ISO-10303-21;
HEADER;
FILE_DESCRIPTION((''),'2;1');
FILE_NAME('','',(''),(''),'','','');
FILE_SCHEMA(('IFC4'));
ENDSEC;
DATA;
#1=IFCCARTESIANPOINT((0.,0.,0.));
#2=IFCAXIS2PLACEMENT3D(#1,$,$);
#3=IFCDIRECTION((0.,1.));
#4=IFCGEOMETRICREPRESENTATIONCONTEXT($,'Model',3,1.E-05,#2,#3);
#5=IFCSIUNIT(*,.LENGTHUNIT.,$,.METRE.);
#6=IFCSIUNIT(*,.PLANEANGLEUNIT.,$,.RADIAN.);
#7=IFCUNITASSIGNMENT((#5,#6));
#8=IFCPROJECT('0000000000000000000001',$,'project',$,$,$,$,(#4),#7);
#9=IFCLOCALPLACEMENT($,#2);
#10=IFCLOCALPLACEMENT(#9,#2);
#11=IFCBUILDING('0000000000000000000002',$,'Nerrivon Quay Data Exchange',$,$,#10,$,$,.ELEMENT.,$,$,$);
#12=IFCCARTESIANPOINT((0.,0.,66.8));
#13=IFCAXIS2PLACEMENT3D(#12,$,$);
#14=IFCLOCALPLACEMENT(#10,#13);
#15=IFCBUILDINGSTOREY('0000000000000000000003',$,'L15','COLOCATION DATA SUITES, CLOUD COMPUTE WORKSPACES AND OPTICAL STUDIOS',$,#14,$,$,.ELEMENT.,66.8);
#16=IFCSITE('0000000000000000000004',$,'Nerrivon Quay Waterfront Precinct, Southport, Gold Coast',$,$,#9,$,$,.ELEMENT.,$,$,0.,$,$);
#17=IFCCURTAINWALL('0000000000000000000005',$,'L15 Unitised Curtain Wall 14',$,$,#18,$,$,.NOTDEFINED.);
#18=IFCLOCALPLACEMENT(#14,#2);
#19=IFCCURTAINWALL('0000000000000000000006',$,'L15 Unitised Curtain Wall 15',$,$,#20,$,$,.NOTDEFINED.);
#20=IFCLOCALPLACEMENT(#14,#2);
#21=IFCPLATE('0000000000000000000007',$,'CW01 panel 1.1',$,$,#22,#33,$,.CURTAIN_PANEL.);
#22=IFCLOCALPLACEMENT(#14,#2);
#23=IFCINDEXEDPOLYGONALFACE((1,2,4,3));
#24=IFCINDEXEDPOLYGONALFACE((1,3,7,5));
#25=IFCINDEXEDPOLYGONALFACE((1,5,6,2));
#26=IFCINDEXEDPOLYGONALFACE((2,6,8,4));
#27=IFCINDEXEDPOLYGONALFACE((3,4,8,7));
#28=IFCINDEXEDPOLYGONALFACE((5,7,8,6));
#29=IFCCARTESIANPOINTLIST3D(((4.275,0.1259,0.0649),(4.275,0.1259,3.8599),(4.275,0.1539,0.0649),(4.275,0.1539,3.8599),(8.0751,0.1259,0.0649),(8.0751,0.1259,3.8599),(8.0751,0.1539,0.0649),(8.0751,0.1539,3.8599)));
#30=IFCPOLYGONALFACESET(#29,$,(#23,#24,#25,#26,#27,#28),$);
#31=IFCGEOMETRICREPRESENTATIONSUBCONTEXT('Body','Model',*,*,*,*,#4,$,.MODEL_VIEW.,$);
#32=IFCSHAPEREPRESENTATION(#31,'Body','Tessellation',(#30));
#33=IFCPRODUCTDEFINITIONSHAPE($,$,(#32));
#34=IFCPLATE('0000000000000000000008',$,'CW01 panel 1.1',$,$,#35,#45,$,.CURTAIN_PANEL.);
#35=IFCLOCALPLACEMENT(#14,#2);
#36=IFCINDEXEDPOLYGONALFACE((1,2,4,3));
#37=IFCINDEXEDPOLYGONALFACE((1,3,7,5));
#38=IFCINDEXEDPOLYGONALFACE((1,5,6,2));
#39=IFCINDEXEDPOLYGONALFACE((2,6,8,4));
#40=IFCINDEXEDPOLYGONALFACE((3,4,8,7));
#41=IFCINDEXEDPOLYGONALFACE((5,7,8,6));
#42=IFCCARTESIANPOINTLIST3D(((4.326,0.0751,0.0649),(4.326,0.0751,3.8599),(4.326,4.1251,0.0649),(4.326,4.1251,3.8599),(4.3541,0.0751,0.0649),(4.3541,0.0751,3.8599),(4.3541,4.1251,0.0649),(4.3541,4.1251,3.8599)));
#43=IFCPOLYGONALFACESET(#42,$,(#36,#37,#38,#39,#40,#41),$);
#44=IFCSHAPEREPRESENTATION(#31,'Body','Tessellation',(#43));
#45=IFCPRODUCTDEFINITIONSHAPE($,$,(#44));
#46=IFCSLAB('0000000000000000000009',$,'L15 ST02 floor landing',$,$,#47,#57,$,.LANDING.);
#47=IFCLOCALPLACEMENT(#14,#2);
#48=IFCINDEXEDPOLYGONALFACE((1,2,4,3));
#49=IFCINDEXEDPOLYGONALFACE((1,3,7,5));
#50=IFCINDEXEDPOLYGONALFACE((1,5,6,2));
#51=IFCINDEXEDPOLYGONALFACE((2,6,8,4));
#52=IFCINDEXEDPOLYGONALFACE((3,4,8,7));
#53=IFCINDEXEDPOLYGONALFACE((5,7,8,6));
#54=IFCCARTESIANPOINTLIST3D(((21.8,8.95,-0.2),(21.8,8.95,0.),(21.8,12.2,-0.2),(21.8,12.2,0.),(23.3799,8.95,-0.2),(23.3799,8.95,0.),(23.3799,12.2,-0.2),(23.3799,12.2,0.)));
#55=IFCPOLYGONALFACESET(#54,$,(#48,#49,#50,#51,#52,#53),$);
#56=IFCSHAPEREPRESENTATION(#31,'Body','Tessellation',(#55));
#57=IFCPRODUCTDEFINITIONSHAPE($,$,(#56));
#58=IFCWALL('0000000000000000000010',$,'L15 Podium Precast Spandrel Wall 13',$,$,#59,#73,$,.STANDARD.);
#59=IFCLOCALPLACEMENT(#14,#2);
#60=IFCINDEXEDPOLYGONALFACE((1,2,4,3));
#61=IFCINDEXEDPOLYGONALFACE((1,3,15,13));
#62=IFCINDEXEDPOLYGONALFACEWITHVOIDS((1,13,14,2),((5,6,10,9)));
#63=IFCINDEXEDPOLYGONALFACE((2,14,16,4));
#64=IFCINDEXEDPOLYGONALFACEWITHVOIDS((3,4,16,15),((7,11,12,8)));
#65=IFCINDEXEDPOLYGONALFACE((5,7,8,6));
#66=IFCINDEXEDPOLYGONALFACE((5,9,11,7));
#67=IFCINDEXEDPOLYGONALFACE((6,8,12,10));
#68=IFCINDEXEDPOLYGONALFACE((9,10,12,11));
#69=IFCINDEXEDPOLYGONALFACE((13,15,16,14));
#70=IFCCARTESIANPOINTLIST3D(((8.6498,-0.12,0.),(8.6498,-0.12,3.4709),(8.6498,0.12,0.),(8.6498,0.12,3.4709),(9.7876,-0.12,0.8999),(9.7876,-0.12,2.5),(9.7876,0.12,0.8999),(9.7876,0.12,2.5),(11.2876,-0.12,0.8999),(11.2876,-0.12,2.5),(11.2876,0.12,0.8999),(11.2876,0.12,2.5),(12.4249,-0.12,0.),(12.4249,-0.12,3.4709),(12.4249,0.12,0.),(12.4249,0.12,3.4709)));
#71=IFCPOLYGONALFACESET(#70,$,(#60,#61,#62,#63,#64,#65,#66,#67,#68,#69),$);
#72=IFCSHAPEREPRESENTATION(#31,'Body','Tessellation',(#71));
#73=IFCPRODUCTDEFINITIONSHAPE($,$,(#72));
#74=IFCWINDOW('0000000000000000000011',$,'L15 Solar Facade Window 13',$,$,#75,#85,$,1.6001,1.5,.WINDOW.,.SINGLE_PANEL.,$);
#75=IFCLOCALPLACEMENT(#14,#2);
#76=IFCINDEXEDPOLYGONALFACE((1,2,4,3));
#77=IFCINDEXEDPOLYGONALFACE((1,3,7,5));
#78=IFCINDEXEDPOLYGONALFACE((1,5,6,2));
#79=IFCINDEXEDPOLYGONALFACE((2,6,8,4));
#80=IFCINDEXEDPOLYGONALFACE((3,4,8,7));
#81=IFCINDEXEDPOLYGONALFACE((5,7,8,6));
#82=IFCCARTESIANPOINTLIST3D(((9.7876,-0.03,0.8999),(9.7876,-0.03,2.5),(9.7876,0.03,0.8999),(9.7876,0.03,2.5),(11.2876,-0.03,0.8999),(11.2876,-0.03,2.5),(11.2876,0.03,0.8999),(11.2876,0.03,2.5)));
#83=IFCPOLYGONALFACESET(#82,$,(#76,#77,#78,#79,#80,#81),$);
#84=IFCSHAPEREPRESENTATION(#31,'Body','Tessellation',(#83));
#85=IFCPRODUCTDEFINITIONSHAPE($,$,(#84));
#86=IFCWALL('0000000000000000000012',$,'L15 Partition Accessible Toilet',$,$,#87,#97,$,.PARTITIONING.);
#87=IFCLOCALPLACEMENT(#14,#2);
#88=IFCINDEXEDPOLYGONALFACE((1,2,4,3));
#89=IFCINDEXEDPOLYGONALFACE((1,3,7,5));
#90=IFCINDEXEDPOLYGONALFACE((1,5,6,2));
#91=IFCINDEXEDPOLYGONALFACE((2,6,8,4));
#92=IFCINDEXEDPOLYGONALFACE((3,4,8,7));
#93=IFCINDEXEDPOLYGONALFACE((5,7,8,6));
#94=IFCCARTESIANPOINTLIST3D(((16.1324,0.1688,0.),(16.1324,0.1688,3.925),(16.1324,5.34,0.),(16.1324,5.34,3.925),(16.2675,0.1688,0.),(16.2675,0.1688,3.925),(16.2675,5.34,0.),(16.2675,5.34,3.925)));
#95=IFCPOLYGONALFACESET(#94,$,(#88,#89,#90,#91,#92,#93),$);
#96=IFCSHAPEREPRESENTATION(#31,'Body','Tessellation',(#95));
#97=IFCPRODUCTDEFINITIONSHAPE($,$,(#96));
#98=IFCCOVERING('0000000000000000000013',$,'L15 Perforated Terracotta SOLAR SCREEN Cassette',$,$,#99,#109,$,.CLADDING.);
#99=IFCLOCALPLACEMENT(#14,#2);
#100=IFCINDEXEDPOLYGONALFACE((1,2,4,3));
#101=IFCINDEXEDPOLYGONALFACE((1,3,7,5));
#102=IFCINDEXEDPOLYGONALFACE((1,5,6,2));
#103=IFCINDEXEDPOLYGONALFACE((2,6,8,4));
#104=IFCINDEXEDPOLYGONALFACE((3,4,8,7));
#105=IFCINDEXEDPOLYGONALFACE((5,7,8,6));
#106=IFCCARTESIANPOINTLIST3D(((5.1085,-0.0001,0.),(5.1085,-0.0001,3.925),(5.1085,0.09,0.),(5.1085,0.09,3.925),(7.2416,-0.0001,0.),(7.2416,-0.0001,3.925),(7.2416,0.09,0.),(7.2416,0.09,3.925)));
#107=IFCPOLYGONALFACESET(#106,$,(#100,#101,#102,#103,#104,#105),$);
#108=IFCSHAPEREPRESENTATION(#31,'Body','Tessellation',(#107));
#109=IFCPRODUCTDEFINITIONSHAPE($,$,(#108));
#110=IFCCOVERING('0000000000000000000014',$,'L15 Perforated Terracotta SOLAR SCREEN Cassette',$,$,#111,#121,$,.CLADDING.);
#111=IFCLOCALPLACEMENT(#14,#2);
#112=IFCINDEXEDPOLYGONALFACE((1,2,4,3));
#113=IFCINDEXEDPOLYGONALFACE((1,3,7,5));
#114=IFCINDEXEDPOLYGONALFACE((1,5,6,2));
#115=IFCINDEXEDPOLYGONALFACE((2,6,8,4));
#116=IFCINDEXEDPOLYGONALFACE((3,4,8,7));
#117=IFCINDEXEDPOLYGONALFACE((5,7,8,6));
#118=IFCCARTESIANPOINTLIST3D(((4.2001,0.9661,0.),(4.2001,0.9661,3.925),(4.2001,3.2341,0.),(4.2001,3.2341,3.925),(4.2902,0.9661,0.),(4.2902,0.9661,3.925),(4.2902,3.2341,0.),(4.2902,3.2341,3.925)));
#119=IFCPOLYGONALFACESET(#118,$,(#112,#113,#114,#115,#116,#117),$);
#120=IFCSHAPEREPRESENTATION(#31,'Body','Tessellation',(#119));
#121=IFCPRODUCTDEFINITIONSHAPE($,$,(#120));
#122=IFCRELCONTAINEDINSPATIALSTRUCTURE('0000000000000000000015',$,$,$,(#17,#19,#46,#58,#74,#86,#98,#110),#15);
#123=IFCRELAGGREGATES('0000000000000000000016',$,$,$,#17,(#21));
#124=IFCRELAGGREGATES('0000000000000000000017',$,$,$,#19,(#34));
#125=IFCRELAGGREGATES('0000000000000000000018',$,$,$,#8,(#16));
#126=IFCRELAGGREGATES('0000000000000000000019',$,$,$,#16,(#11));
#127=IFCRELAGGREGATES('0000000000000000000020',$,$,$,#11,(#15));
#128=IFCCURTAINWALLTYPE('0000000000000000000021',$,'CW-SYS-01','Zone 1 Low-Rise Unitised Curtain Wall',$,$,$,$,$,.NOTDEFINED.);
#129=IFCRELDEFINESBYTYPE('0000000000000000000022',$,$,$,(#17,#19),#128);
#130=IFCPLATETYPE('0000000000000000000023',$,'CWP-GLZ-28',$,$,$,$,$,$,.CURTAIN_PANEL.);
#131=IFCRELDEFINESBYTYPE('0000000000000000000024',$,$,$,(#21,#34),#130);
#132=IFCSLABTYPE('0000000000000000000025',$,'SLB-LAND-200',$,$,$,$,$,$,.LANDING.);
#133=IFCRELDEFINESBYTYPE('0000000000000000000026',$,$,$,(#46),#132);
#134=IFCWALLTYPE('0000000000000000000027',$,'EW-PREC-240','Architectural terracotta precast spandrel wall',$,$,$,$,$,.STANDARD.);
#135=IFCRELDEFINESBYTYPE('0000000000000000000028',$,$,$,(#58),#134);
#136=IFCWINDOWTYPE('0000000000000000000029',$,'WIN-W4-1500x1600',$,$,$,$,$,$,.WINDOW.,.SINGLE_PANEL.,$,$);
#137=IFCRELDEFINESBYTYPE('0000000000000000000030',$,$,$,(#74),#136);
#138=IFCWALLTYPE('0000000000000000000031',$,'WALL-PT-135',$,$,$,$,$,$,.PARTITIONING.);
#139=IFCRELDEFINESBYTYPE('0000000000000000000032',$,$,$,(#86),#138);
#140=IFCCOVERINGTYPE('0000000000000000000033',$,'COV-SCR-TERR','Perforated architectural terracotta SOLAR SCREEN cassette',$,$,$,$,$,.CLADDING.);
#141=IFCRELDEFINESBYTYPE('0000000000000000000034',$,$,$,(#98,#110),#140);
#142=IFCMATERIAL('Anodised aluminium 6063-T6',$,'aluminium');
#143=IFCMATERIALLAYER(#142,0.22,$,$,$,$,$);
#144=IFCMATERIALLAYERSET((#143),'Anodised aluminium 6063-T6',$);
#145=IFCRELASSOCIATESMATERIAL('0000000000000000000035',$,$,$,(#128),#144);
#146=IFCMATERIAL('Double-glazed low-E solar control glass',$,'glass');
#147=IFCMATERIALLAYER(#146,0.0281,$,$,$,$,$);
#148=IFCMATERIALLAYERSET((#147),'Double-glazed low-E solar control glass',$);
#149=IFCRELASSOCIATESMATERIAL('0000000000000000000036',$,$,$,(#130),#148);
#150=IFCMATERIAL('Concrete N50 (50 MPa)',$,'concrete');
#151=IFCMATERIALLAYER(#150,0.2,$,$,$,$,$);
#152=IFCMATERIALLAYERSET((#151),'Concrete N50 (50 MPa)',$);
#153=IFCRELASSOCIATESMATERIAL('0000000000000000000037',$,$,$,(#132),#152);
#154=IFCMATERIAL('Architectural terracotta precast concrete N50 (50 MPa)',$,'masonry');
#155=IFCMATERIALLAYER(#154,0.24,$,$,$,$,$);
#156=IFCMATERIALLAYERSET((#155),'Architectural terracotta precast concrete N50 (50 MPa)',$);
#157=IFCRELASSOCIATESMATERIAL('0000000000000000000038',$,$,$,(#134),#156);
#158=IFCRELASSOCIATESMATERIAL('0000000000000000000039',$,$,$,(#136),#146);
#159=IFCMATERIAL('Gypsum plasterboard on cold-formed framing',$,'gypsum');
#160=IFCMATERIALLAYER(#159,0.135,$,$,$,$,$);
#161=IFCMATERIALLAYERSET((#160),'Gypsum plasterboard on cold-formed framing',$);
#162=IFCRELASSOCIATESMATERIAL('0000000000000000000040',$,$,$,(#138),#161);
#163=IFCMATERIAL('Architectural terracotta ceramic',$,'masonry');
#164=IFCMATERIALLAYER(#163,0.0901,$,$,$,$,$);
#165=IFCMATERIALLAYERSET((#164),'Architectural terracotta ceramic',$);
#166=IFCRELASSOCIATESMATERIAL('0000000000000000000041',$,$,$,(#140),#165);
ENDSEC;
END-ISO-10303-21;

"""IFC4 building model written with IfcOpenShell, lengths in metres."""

from ifc_helpers import new_model, si_unit, direction, frame, frame_2d, origin, origin_2d, place, context, subcontext, project, spatial, polyline, rectangle, outline, extrude, material, layer, layer_set, type_object, element, fill, aggregate, save


model = new_model("IFC4")

# Units and contexts
model_context = context("Model", 3, precision=1e-05, world=origin(), true_north=direction((0.0, 1.0)))
body_context = subcontext(model_context, "Body", "Model", "MODEL_VIEW")
ifc_project = project(units=[si_unit("LENGTHUNIT", "METRE"), si_unit("PLANEANGLEUNIT", "RADIAN")], contexts=[model_context])

# Site, building, storey
site_placement = place(None, origin())
site = spatial("IfcSite", under=ifc_project, at=site_placement, Name="Nerrivon Quay Waterfront Precinct, Southport, Gold Coast", CompositionType="ELEMENT", RefElevation=0.0)
building_placement = place(site_placement, origin())
building = spatial("IfcBuilding", under=site, at=building_placement, Name="Nerrivon Quay Data Exchange", CompositionType="ELEMENT")
storey_placement = place(building_placement, frame((0.0, 0.0, 66.8)))
storey = spatial("IfcBuildingStorey", under=building, at=storey_placement, Name="L15", Description="COLOCATION DATA SUITES, CLOUD COMPUTE WORKSPACES AND OPTICAL STUDIOS", CompositionType="ELEMENT", Elevation=66.8)

# Shared definitions
ifc_material_1 = material(Name="Concrete N50 (50 MPa)", Category="concrete")

# Curtain walls
ifc_material_2 = material(Name="Anodised aluminium 6063-T6", Category="aluminium")
ifc_layer_1 = layer(ifc_material_2, 0.22)
ifc_layer_set_1 = layer_set([ifc_layer_1], Name="Anodised aluminium 6063-T6")
curtain_wall_type = type_object("IfcCurtainWallType", Name="CW-SYS-01", Description="Zone 1 Low-Rise Unitised Curtain Wall", PredefinedType="NOTDEFINED", material=ifc_layer_set_1)
curtain_wall_1_placement = place(storey_placement, origin())
curtain_wall_1 = element("IfcCurtainWall", 1, at=curtain_wall_1_placement, inside=storey, type_object=curtain_wall_type, Name="L15 Unitised Curtain Wall 14", PredefinedType="NOTDEFINED")
curtain_wall_2_placement = place(storey_placement, origin())
curtain_wall_2 = element("IfcCurtainWall", 2, at=curtain_wall_2_placement, inside=storey, type_object=curtain_wall_type, Name="L15 Unitised Curtain Wall 15", PredefinedType="NOTDEFINED")

# Plates
ifc_material_3 = material(Name="Double-glazed low-E solar control glass", Category="glass")
ifc_layer_2 = layer(ifc_material_3, 0.0281)
ifc_layer_set_2 = layer_set([ifc_layer_2], Name="Double-glazed low-E solar control glass")
plate_type = type_object("IfcPlateType", Name="CWP-GLZ-28", PredefinedType="CURTAIN_PANEL", material=ifc_layer_set_2)
plate_1_placement = place(storey_placement, frame((6.175, 0.1399, 0.0649), z_axis=(0.0, 0.0, 1.0), x_axis=(-1.0, 0.0, 0.0)))
plate_1 = element("IfcPlate", 3, at=plate_1_placement, type_object=plate_type, Name="CW01 panel 1.1", PredefinedType="CURTAIN_PANEL", context=body_context, shape_type="SweptSolid", body=[
    extrude(rectangle(XDim=3.8, YDim=0.0281, at=origin_2d()), origin(), (0.0, 0.0, 1.0), 3.7949),
])
aggregate(curtain_wall_1, [plate_1])
plate_2_placement = place(storey_placement, frame((4.3401, 2.1001, 0.0649), z_axis=(0.0, 0.0, 1.0), x_axis=(0.0, 1.0, 0.0)))
plate_2 = element("IfcPlate", 4, at=plate_2_placement, type_object=plate_type, Name="CW01 panel 1.1", PredefinedType="CURTAIN_PANEL", context=body_context, shape_type="SweptSolid", body=[
    extrude(rectangle(XDim=4.05, YDim=0.0281, at=origin_2d()), origin(), (0.0, 0.0, 1.0), 3.7949),
])
aggregate(curtain_wall_2, [plate_2])

# Slab
ifc_layer_3 = layer(ifc_material_1, 0.2)
ifc_layer_set_3 = layer_set([ifc_layer_3], Name="Concrete N50 (50 MPa)")
slab_type = type_object("IfcSlabType", Name="SLB-LAND-200", PredefinedType="LANDING", material=ifc_layer_set_3)
slab_placement = place(storey_placement, frame((0.0, 0.0, -0.2)))
element("IfcSlab", 5, at=slab_placement, inside=storey, type_object=slab_type, Name="L15 ST02 floor landing", PredefinedType="LANDING", context=body_context, shape_type="SweptSolid", body=[
    extrude(outline(polyline([(21.8, 8.95), (23.3799, 8.95), (23.3799, 12.2), (21.8, 12.2), (21.8, 8.95)])), origin(), (0.0, 0.0, 1.0), 0.2),
])

# Wall, opening, window
ifc_material_4 = material(Name="Architectural terracotta precast concrete N50 (50 MPa)", Category="masonry")
ifc_layer_4 = layer(ifc_material_4, 0.24)
ifc_layer_set_4 = layer_set([ifc_layer_4], Name="Architectural terracotta precast concrete N50 (50 MPa)")
wall_type_1 = type_object("IfcWallType", Name="EW-PREC-240", Description="Architectural terracotta precast spandrel wall", PredefinedType="STANDARD", material=ifc_layer_set_4)
wall_1_placement = place(storey_placement, frame((12.425, 0.0, 0.0), z_axis=(0.0, 0.0, 1.0), x_axis=(-1.0, 0.0, 0.0)))
wall_1 = element("IfcWall", 6, at=wall_1_placement, inside=storey, type_object=wall_type_1, Name="L15 Podium Precast Spandrel Wall 13", PredefinedType="STANDARD", context=body_context, shape_type="SweptSolid", body=[
    extrude(rectangle(XDim=3.7751, YDim=0.24, at=frame_2d((1.8877, 0.0))), origin(), (0.0, 0.0, 1.0), 3.4709),
])
opening_placement = place(wall_1_placement, frame((1.1375, 0.0, 0.8999)))
opening = element("IfcOpeningElement", 7, at=opening_placement, cuts=wall_1, PredefinedType="OPENING", context=body_context, shape_type="SweptSolid", body=[
    extrude(rectangle(XDim=1.5, YDim=1.6001, at=frame_2d((0.75, 0.8))), frame((0.0, 0.1299, 0.0), z_axis=(0.0, -1.0, 0.0), x_axis=(1.0, 0.0, 0.0)), (0.0, 0.0, 1.0), 0.26),
])
window_type = type_object("IfcWindowType", Name="WIN-W4-1500x1600", PartitioningType="SINGLE_PANEL", PredefinedType="WINDOW", material=ifc_material_3)
window_placement = place(opening_placement, origin())
window = element("IfcWindow", 8, at=window_placement, inside=storey, type_object=window_type, Name="L15 Solar Facade Window 13", OverallHeight=1.6001, OverallWidth=1.5, PartitioningType="SINGLE_PANEL", PredefinedType="WINDOW", context=body_context, shape_type="SweptSolid", body=[
    extrude(rectangle(XDim=1.5, YDim=1.6001, at=frame_2d((0.75, 0.8))), frame((0.0, 0.03, 0.0), z_axis=(0.0, -1.0, 0.0), x_axis=(1.0, 0.0, 0.0)), (0.0, 0.0, 1.0), 0.0601),
])
fill(opening, window)

# Wall
ifc_material_5 = material(Name="Gypsum plasterboard on cold-formed framing", Category="gypsum")
ifc_layer_5 = layer(ifc_material_5, 0.135)
ifc_layer_set_5 = layer_set([ifc_layer_5], Name="Gypsum plasterboard on cold-formed framing")
wall_type_2 = type_object("IfcWallType", Name="WALL-PT-135", PredefinedType="PARTITIONING", material=ifc_layer_set_5)
wall_2_placement = place(storey_placement, frame((16.2, 0.1689, 0.0), z_axis=(0.0, 0.0, 1.0), x_axis=(0.0, 1.0, 0.0)))
element("IfcWall", 9, at=wall_2_placement, inside=storey, type_object=wall_type_2, Name="L15 Partition Accessible Toilet", PredefinedType="PARTITIONING", context=body_context, shape_type="SweptSolid", body=[
    extrude(rectangle(XDim=5.1711, YDim=0.135, at=frame_2d((2.5854, 0.0))), origin(), (0.0, 0.0, 1.0), 3.925),
])

# Coverings
ifc_material_6 = material(Name="Architectural terracotta ceramic", Category="masonry")
ifc_layer_6 = layer(ifc_material_6, 0.0901)
ifc_layer_set_6 = layer_set([ifc_layer_6], Name="Architectural terracotta ceramic")
covering_type = type_object("IfcCoveringType", Name="COV-SCR-TERR", Description="Perforated architectural terracotta SOLAR SCREEN cassette", PredefinedType="CLADDING", material=ifc_layer_set_6)
covering_1_placement = place(storey_placement, frame((6.175, 0.0449, 0.0), z_axis=(0.0, 0.0, 1.0), x_axis=(-1.0, 0.0, 0.0)))
element("IfcCovering", 10, at=covering_1_placement, inside=storey, type_object=covering_type, Name="L15 Perforated Terracotta SOLAR SCREEN Cassette", PredefinedType="CLADDING", context=body_context, shape_type="SweptSolid", body=[
    extrude(rectangle(XDim=2.1331, YDim=0.0901, at=origin_2d()), origin(), (0.0, 0.0, 1.0), 3.925),
])
covering_2_placement = place(storey_placement, frame((4.2451, 2.1001, 0.0), z_axis=(0.0, 0.0, 1.0), x_axis=(0.0, 1.0, 0.0)))
element("IfcCovering", 11, at=covering_2_placement, inside=storey, type_object=covering_type, Name="L15 Perforated Terracotta SOLAR SCREEN Cassette", PredefinedType="CLADDING", context=body_context, shape_type="SweptSolid", body=[
    extrude(rectangle(XDim=2.2681, YDim=0.0901, at=origin_2d()), origin(), (0.0, 0.0, 1.0), 3.925),
])

save(model, "model.ifc")
